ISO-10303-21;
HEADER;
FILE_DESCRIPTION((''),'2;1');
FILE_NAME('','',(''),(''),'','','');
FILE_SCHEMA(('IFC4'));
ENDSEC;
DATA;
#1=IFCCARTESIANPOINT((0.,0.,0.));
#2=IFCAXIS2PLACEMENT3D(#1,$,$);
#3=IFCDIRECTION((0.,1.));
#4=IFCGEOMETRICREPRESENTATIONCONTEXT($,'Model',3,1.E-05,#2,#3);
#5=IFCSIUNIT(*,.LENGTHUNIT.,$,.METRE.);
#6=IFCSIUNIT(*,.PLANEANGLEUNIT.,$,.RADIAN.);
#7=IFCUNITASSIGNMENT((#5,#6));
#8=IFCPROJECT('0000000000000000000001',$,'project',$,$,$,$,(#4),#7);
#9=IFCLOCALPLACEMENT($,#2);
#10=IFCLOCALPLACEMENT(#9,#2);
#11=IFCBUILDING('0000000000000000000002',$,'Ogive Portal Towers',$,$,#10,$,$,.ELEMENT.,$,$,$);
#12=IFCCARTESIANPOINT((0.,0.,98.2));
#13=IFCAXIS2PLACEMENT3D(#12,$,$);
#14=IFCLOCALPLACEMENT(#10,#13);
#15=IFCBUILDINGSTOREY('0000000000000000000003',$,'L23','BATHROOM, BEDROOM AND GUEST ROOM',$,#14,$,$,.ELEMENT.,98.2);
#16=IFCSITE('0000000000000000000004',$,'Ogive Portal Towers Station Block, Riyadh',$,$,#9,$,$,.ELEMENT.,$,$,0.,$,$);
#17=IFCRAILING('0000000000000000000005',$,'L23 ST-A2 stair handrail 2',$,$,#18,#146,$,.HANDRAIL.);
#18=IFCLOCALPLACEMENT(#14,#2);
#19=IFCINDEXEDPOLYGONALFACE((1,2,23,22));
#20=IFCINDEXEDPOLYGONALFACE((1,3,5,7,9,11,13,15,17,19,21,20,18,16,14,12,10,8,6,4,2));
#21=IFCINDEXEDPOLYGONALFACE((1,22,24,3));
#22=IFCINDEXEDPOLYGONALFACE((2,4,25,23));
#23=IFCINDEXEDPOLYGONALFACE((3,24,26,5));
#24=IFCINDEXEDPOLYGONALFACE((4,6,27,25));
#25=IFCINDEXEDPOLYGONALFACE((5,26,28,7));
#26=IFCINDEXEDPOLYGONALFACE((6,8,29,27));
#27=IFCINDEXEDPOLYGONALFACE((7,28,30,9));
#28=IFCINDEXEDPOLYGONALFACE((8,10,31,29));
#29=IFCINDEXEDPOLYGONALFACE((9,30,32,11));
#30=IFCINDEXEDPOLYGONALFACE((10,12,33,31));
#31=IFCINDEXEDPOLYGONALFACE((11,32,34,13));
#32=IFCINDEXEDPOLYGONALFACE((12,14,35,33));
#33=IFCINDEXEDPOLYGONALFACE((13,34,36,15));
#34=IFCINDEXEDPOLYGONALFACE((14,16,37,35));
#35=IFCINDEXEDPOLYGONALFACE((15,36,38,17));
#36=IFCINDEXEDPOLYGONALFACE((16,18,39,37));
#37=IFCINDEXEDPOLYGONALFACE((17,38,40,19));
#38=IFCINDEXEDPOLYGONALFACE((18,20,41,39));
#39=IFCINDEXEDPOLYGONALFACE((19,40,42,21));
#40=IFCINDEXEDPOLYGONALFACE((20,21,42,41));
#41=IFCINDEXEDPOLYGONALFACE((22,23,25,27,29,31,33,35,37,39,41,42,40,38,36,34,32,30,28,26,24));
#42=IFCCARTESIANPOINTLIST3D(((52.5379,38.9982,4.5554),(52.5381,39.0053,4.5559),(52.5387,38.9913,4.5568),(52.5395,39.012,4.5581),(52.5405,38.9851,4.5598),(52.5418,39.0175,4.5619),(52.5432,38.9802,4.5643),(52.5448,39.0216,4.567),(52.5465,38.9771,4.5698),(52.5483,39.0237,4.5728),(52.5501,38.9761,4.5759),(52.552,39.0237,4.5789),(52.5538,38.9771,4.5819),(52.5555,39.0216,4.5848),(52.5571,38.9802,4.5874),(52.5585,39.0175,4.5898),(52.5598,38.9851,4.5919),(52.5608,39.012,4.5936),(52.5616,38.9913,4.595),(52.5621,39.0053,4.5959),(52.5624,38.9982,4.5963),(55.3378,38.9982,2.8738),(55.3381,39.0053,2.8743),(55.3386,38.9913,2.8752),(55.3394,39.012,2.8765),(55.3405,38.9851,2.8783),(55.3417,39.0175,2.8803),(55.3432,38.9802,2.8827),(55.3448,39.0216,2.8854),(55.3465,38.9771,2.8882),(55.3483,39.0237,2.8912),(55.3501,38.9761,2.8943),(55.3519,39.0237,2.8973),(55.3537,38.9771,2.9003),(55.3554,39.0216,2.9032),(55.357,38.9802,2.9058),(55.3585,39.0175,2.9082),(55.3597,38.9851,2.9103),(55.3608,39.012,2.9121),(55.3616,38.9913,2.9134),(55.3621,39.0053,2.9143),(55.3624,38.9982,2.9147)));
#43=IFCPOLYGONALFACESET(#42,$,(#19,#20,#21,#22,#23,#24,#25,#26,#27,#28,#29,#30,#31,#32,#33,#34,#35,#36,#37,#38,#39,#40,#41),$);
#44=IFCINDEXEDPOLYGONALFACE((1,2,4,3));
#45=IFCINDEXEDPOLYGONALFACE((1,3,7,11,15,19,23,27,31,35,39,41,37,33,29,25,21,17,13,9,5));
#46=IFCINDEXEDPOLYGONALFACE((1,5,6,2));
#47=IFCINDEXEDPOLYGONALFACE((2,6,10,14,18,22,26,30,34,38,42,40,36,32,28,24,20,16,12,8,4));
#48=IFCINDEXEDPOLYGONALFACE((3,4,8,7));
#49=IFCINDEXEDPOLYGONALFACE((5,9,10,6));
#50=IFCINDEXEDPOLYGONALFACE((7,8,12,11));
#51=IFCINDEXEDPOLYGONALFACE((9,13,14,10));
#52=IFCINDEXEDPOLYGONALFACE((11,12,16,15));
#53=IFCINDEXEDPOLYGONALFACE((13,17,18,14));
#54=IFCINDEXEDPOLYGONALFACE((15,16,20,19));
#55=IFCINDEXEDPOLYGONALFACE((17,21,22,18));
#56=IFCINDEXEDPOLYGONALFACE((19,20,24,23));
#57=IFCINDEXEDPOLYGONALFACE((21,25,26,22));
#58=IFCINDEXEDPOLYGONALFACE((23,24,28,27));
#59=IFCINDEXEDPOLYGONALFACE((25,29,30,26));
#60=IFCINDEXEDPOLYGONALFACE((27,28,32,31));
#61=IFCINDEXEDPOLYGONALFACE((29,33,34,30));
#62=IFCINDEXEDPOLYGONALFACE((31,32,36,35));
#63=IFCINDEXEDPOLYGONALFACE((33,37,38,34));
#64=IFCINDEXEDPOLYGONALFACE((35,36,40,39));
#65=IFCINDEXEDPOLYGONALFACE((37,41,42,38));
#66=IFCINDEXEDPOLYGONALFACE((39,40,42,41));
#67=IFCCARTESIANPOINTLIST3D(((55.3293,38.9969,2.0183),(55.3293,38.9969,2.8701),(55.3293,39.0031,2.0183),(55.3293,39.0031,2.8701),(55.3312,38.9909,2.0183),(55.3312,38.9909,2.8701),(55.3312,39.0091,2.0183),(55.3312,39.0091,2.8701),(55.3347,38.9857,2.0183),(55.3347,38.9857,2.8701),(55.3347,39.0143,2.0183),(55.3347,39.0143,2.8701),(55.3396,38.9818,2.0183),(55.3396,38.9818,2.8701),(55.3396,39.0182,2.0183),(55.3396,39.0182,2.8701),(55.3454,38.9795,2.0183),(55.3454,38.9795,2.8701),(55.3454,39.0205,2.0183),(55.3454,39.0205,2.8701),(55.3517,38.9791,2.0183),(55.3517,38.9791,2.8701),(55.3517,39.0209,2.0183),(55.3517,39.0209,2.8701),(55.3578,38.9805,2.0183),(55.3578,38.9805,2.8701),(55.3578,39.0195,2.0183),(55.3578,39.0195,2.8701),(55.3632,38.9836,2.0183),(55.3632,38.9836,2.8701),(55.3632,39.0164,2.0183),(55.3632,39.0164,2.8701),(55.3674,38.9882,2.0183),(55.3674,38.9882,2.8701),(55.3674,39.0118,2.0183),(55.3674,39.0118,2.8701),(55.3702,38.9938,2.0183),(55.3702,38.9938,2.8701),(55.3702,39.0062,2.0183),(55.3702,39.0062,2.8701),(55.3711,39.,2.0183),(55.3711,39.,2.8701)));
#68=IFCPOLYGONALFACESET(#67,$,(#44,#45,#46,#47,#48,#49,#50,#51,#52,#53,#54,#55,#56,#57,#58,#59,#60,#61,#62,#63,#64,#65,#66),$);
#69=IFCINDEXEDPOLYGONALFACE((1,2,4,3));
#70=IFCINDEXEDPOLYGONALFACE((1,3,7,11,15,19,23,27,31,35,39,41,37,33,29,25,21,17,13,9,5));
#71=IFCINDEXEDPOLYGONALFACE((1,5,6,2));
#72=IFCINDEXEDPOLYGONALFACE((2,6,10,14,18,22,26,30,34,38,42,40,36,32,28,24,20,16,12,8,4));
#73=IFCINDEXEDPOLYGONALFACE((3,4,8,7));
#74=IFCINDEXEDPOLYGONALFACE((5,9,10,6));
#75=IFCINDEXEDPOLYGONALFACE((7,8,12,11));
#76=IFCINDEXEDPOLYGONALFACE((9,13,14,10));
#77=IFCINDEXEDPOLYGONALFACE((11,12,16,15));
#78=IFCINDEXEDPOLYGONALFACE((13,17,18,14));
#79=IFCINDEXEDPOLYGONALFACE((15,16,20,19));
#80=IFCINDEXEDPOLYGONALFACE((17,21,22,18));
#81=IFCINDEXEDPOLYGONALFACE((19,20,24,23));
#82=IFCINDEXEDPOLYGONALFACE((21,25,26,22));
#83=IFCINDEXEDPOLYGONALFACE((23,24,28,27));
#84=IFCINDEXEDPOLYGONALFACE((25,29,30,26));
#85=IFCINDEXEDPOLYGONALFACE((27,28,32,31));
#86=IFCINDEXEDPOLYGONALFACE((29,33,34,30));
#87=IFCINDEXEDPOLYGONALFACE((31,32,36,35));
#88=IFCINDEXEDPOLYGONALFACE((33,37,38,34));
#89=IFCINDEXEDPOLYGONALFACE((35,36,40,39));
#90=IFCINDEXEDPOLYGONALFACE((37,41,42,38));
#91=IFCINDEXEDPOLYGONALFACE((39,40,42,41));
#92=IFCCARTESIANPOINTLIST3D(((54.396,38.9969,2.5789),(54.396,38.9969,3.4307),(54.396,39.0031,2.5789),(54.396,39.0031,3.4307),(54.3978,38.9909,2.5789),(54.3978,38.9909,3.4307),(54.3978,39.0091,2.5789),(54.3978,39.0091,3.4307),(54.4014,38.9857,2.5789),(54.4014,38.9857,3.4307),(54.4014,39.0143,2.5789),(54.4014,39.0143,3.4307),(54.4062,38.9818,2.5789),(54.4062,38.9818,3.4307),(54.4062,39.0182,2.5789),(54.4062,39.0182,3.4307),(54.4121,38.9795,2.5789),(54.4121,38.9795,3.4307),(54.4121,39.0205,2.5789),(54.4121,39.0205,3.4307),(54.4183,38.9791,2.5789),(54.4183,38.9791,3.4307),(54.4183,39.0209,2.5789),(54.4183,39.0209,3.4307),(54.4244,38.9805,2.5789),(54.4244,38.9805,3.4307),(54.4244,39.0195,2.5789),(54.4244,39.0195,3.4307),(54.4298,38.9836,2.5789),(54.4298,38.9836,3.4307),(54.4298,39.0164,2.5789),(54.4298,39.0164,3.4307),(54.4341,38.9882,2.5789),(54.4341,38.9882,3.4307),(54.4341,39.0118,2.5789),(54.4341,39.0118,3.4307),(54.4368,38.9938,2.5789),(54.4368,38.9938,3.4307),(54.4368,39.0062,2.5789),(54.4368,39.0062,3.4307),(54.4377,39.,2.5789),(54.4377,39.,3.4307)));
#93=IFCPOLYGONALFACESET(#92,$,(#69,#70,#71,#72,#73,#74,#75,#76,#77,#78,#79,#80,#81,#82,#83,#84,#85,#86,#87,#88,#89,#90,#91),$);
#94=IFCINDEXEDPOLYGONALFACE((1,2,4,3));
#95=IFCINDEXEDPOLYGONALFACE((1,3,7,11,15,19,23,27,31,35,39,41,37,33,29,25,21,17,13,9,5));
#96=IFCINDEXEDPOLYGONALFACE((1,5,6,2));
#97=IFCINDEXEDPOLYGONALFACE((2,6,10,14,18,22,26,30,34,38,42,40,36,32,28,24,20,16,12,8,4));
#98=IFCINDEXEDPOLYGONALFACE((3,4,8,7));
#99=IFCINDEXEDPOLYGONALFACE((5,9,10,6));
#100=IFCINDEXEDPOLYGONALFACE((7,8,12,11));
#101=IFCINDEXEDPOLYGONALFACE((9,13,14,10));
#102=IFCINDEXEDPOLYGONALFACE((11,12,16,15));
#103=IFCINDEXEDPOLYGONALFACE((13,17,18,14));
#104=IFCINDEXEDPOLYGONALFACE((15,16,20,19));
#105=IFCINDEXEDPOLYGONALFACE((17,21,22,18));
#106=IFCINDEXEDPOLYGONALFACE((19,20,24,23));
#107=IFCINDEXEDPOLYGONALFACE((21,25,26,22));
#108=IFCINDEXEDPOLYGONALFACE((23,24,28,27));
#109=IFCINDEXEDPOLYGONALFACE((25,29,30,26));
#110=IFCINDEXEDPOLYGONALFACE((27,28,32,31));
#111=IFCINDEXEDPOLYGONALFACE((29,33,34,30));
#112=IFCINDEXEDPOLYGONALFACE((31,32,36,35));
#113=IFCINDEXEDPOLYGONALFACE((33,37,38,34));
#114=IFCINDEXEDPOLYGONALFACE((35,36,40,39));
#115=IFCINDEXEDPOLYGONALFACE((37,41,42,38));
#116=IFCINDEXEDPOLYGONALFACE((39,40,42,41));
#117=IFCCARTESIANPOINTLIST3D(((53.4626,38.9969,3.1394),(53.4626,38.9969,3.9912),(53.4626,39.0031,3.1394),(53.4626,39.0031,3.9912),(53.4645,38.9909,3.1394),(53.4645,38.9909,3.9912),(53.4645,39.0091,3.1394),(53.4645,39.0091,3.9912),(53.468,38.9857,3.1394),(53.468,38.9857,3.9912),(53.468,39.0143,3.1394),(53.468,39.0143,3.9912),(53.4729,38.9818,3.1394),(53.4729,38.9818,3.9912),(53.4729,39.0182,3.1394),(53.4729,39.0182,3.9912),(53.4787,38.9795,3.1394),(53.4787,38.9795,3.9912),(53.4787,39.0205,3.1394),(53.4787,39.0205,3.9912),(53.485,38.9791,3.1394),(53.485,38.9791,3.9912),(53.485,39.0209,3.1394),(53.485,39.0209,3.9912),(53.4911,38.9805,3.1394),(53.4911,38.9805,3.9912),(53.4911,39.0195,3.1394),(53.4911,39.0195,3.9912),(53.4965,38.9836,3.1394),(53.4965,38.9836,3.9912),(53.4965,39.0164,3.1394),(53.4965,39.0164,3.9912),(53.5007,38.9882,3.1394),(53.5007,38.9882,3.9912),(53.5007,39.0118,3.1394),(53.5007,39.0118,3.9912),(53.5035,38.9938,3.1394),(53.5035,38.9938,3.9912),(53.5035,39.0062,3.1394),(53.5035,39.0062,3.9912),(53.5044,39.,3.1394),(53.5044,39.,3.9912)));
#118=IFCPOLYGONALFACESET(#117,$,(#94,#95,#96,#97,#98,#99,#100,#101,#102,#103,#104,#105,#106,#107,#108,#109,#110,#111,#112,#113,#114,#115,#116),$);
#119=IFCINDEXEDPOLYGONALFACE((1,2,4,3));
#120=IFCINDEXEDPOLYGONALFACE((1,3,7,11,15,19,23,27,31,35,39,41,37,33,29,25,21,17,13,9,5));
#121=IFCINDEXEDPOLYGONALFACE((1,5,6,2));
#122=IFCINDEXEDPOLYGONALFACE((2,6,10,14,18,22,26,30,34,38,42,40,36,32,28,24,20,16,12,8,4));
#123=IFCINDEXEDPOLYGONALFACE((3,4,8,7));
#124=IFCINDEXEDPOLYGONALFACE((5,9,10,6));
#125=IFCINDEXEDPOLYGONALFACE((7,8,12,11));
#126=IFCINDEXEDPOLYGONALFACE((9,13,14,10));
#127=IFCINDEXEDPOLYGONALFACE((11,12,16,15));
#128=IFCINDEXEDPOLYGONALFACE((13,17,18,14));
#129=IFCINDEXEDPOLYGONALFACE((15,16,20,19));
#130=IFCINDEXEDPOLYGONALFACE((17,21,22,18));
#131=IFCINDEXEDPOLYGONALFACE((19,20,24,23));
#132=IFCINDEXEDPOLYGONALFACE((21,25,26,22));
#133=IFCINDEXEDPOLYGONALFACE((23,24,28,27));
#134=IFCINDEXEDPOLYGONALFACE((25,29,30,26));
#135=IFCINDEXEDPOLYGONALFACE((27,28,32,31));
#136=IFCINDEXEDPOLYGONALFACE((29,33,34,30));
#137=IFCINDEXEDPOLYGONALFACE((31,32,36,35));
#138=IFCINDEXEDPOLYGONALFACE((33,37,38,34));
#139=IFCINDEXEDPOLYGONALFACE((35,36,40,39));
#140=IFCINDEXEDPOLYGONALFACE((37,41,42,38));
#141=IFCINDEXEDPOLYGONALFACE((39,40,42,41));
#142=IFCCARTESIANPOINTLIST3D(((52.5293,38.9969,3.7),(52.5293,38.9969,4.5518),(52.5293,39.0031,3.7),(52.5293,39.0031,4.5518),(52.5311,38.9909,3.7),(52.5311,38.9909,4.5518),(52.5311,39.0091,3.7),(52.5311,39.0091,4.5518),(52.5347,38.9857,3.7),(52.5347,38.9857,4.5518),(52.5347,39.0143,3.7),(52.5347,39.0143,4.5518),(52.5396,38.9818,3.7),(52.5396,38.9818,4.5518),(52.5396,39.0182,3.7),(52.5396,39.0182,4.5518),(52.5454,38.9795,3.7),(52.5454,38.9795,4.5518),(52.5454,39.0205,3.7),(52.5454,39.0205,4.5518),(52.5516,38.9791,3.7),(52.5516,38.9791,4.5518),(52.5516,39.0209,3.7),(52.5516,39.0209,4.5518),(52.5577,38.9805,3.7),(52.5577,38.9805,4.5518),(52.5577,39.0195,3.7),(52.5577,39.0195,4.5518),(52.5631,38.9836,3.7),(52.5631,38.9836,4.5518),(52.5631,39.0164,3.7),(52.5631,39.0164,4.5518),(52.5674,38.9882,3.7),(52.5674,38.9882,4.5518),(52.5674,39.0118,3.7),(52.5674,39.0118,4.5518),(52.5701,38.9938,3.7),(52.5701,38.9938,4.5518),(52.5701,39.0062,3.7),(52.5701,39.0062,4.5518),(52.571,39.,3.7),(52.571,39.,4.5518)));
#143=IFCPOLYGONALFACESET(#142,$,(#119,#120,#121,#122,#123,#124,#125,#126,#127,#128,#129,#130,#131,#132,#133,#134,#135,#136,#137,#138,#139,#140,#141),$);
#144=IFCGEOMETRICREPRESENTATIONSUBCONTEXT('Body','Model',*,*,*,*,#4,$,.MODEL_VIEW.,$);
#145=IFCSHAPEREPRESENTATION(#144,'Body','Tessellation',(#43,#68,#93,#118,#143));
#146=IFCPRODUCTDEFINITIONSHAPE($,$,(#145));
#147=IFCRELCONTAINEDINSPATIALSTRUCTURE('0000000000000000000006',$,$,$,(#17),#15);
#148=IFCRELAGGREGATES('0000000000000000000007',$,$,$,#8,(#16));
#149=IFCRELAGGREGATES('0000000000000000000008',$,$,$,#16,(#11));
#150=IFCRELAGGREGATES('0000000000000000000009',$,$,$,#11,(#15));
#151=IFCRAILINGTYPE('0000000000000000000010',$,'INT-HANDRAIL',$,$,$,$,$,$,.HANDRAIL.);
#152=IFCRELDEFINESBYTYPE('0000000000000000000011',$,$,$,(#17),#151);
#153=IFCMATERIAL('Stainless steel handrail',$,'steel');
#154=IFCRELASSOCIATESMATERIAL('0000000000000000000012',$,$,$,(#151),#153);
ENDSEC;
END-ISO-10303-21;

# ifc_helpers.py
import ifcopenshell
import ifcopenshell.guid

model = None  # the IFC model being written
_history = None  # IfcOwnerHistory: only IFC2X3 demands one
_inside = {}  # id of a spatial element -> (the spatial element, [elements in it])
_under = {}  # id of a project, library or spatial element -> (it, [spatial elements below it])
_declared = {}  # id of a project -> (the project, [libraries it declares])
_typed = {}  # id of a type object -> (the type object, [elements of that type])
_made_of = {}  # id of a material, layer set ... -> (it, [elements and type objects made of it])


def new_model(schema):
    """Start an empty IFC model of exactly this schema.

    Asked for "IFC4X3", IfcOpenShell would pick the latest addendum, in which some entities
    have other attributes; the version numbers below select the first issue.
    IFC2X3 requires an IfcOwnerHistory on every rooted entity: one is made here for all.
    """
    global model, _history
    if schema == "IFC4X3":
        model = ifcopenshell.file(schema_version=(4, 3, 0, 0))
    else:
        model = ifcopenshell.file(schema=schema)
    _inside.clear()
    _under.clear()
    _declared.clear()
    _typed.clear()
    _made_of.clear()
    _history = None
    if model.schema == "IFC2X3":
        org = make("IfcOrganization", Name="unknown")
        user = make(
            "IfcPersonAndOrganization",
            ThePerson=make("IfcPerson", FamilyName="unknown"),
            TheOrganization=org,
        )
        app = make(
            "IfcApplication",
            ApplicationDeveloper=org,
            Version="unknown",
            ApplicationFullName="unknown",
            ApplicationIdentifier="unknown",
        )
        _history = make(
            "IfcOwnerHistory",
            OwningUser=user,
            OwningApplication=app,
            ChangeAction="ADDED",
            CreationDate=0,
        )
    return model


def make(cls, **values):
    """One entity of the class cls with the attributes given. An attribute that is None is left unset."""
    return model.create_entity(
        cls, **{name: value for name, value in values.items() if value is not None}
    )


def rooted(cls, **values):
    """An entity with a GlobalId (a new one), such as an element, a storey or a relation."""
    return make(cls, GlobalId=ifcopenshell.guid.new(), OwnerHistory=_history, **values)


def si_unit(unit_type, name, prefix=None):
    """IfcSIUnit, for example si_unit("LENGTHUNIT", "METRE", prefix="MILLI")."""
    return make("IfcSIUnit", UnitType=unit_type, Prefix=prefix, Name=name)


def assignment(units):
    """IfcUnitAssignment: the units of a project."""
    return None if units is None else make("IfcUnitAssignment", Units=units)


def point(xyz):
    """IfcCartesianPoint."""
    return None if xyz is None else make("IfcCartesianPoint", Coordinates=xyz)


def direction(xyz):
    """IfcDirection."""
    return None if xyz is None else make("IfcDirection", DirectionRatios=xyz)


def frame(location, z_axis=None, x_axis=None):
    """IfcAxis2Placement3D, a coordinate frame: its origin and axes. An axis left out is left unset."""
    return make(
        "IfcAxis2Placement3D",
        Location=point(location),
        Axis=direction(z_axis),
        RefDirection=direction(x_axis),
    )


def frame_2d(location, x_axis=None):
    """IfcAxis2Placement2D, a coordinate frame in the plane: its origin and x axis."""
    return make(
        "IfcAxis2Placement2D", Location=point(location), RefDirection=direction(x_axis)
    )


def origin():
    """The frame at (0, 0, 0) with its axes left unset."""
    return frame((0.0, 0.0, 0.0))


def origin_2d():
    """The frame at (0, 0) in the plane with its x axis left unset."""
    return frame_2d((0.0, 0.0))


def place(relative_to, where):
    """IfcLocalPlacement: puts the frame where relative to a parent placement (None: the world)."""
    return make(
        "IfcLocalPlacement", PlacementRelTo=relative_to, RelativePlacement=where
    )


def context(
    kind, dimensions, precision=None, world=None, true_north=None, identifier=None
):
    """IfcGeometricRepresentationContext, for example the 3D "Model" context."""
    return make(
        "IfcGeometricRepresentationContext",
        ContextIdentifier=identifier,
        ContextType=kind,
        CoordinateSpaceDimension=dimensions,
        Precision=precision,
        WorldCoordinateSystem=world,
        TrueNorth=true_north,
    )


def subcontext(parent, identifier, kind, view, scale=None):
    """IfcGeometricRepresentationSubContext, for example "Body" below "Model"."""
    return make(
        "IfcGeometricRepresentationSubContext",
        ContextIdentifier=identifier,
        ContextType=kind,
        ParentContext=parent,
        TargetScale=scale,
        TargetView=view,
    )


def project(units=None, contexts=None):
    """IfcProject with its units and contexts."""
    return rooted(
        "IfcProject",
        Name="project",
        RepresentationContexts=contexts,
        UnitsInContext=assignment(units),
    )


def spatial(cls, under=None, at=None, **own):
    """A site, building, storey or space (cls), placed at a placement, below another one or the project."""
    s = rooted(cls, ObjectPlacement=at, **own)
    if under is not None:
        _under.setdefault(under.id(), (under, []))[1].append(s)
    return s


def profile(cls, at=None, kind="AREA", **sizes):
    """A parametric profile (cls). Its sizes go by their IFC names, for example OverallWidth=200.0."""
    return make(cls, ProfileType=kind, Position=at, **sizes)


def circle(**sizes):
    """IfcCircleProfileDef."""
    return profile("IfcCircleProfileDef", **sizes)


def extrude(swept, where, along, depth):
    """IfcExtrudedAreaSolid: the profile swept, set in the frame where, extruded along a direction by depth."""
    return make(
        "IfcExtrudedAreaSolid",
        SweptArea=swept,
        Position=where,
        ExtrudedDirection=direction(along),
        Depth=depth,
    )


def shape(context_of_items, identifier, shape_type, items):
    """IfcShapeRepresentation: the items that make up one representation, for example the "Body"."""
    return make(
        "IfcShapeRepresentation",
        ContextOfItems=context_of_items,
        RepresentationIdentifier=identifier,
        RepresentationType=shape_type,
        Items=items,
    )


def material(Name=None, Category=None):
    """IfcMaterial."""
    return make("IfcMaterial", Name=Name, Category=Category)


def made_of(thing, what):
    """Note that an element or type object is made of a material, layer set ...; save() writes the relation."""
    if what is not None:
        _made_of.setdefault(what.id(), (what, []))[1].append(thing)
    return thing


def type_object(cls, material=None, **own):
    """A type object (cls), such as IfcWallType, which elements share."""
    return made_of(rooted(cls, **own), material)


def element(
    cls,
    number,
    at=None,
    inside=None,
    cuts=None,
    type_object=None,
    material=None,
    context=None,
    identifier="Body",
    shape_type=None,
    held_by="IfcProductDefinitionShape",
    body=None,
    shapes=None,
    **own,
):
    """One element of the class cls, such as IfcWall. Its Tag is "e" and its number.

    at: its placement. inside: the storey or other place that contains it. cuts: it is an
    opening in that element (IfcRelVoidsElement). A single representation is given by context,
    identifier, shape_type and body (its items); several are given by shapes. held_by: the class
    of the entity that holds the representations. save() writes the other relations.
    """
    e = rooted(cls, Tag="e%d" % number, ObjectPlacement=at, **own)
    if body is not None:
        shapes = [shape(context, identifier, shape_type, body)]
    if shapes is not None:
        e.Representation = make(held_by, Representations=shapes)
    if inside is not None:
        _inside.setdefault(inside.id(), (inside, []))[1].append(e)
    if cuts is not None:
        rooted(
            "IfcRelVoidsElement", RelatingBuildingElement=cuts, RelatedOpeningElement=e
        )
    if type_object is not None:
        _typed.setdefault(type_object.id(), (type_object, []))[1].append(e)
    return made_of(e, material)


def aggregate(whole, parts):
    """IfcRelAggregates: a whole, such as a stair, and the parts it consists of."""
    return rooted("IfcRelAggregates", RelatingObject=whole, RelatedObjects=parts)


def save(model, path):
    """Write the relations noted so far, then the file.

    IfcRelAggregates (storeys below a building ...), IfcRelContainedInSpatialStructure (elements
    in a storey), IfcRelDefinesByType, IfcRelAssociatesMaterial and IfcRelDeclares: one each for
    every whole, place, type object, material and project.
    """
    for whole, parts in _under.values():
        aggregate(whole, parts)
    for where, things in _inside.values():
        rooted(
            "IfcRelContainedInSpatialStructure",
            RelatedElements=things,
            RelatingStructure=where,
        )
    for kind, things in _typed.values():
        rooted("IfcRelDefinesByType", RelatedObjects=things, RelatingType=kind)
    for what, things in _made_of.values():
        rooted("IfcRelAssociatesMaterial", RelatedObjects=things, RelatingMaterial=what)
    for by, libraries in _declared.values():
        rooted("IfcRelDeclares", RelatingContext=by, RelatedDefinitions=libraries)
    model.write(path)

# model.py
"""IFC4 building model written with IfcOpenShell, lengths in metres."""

from ifc_helpers import new_model, si_unit, direction, frame, origin, origin_2d, place, context, subcontext, project, spatial, circle, extrude, material, type_object, element, save


model = new_model("IFC4")

# Units and contexts
model_context = context("Model", 3, precision=1e-05, world=origin(), true_north=direction((0.0, 1.0)))
body_context = subcontext(model_context, "Body", "Model", "MODEL_VIEW")
ifc_project = project(units=[si_unit("LENGTHUNIT", "METRE"), si_unit("PLANEANGLEUNIT", "RADIAN")], contexts=[model_context])

# Site, building, storey
site_placement = place(None, origin())
site = spatial("IfcSite", under=ifc_project, at=site_placement, Name="Ogive Portal Towers Station Block, Riyadh", CompositionType="ELEMENT", RefElevation=0.0)
building_placement = place(site_placement, origin())
building = spatial("IfcBuilding", under=site, at=building_placement, Name="Ogive Portal Towers", CompositionType="ELEMENT")
storey_placement = place(building_placement, frame((0.0, 0.0, 98.2)))
storey = spatial("IfcBuildingStorey", under=building, at=storey_placement, Name="L23", Description="BATHROOM, BEDROOM AND GUEST ROOM", CompositionType="ELEMENT", Elevation=98.2)

# Railing
ifc_material_1 = material(Name="Stainless steel handrail", Category="steel")
railing_type_1 = type_object("IfcRailingType", Name="INT-HANDRAIL", PredefinedType="HANDRAIL", material=ifc_material_1)
railing_1_placement = place(storey_placement, frame((55.3501, 39.0, 2.0183)))
element("IfcRailing", 1, at=railing_1_placement, inside=storey, type_object=railing_type_1, Name="L23 ST-A2 stair handrail 2", PredefinedType="HANDRAIL", context=body_context, shape_type="SweptSolid", body=[
    extrude(circle(Radius=0.0239, at=origin_2d()), frame((0.0, 0.0, 0.876), z_axis=(-0.857275, 0.0, 0.514858), x_axis=(0.0, -1.0, 0.0)), (0.0, 0.0, 1.0), 3.2661),
    extrude(circle(Radius=0.021, at=origin_2d()), origin(), (0.0, 0.0, 1.0), 0.8518),
    extrude(circle(Radius=0.021, at=origin_2d()), frame((-0.9333, 0.0, 0.5605)), (0.0, 0.0, 1.0), 0.8518),
    extrude(circle(Radius=0.021, at=origin_2d()), frame((-1.8667, 0.0, 1.1211)), (0.0, 0.0, 1.0), 0.8518),
    extrude(circle(Radius=0.021, at=origin_2d()), frame((-2.8, 0.0, 1.6816)), (0.0, 0.0, 1.0), 0.8518),
])

save(model, "model.ifc")
